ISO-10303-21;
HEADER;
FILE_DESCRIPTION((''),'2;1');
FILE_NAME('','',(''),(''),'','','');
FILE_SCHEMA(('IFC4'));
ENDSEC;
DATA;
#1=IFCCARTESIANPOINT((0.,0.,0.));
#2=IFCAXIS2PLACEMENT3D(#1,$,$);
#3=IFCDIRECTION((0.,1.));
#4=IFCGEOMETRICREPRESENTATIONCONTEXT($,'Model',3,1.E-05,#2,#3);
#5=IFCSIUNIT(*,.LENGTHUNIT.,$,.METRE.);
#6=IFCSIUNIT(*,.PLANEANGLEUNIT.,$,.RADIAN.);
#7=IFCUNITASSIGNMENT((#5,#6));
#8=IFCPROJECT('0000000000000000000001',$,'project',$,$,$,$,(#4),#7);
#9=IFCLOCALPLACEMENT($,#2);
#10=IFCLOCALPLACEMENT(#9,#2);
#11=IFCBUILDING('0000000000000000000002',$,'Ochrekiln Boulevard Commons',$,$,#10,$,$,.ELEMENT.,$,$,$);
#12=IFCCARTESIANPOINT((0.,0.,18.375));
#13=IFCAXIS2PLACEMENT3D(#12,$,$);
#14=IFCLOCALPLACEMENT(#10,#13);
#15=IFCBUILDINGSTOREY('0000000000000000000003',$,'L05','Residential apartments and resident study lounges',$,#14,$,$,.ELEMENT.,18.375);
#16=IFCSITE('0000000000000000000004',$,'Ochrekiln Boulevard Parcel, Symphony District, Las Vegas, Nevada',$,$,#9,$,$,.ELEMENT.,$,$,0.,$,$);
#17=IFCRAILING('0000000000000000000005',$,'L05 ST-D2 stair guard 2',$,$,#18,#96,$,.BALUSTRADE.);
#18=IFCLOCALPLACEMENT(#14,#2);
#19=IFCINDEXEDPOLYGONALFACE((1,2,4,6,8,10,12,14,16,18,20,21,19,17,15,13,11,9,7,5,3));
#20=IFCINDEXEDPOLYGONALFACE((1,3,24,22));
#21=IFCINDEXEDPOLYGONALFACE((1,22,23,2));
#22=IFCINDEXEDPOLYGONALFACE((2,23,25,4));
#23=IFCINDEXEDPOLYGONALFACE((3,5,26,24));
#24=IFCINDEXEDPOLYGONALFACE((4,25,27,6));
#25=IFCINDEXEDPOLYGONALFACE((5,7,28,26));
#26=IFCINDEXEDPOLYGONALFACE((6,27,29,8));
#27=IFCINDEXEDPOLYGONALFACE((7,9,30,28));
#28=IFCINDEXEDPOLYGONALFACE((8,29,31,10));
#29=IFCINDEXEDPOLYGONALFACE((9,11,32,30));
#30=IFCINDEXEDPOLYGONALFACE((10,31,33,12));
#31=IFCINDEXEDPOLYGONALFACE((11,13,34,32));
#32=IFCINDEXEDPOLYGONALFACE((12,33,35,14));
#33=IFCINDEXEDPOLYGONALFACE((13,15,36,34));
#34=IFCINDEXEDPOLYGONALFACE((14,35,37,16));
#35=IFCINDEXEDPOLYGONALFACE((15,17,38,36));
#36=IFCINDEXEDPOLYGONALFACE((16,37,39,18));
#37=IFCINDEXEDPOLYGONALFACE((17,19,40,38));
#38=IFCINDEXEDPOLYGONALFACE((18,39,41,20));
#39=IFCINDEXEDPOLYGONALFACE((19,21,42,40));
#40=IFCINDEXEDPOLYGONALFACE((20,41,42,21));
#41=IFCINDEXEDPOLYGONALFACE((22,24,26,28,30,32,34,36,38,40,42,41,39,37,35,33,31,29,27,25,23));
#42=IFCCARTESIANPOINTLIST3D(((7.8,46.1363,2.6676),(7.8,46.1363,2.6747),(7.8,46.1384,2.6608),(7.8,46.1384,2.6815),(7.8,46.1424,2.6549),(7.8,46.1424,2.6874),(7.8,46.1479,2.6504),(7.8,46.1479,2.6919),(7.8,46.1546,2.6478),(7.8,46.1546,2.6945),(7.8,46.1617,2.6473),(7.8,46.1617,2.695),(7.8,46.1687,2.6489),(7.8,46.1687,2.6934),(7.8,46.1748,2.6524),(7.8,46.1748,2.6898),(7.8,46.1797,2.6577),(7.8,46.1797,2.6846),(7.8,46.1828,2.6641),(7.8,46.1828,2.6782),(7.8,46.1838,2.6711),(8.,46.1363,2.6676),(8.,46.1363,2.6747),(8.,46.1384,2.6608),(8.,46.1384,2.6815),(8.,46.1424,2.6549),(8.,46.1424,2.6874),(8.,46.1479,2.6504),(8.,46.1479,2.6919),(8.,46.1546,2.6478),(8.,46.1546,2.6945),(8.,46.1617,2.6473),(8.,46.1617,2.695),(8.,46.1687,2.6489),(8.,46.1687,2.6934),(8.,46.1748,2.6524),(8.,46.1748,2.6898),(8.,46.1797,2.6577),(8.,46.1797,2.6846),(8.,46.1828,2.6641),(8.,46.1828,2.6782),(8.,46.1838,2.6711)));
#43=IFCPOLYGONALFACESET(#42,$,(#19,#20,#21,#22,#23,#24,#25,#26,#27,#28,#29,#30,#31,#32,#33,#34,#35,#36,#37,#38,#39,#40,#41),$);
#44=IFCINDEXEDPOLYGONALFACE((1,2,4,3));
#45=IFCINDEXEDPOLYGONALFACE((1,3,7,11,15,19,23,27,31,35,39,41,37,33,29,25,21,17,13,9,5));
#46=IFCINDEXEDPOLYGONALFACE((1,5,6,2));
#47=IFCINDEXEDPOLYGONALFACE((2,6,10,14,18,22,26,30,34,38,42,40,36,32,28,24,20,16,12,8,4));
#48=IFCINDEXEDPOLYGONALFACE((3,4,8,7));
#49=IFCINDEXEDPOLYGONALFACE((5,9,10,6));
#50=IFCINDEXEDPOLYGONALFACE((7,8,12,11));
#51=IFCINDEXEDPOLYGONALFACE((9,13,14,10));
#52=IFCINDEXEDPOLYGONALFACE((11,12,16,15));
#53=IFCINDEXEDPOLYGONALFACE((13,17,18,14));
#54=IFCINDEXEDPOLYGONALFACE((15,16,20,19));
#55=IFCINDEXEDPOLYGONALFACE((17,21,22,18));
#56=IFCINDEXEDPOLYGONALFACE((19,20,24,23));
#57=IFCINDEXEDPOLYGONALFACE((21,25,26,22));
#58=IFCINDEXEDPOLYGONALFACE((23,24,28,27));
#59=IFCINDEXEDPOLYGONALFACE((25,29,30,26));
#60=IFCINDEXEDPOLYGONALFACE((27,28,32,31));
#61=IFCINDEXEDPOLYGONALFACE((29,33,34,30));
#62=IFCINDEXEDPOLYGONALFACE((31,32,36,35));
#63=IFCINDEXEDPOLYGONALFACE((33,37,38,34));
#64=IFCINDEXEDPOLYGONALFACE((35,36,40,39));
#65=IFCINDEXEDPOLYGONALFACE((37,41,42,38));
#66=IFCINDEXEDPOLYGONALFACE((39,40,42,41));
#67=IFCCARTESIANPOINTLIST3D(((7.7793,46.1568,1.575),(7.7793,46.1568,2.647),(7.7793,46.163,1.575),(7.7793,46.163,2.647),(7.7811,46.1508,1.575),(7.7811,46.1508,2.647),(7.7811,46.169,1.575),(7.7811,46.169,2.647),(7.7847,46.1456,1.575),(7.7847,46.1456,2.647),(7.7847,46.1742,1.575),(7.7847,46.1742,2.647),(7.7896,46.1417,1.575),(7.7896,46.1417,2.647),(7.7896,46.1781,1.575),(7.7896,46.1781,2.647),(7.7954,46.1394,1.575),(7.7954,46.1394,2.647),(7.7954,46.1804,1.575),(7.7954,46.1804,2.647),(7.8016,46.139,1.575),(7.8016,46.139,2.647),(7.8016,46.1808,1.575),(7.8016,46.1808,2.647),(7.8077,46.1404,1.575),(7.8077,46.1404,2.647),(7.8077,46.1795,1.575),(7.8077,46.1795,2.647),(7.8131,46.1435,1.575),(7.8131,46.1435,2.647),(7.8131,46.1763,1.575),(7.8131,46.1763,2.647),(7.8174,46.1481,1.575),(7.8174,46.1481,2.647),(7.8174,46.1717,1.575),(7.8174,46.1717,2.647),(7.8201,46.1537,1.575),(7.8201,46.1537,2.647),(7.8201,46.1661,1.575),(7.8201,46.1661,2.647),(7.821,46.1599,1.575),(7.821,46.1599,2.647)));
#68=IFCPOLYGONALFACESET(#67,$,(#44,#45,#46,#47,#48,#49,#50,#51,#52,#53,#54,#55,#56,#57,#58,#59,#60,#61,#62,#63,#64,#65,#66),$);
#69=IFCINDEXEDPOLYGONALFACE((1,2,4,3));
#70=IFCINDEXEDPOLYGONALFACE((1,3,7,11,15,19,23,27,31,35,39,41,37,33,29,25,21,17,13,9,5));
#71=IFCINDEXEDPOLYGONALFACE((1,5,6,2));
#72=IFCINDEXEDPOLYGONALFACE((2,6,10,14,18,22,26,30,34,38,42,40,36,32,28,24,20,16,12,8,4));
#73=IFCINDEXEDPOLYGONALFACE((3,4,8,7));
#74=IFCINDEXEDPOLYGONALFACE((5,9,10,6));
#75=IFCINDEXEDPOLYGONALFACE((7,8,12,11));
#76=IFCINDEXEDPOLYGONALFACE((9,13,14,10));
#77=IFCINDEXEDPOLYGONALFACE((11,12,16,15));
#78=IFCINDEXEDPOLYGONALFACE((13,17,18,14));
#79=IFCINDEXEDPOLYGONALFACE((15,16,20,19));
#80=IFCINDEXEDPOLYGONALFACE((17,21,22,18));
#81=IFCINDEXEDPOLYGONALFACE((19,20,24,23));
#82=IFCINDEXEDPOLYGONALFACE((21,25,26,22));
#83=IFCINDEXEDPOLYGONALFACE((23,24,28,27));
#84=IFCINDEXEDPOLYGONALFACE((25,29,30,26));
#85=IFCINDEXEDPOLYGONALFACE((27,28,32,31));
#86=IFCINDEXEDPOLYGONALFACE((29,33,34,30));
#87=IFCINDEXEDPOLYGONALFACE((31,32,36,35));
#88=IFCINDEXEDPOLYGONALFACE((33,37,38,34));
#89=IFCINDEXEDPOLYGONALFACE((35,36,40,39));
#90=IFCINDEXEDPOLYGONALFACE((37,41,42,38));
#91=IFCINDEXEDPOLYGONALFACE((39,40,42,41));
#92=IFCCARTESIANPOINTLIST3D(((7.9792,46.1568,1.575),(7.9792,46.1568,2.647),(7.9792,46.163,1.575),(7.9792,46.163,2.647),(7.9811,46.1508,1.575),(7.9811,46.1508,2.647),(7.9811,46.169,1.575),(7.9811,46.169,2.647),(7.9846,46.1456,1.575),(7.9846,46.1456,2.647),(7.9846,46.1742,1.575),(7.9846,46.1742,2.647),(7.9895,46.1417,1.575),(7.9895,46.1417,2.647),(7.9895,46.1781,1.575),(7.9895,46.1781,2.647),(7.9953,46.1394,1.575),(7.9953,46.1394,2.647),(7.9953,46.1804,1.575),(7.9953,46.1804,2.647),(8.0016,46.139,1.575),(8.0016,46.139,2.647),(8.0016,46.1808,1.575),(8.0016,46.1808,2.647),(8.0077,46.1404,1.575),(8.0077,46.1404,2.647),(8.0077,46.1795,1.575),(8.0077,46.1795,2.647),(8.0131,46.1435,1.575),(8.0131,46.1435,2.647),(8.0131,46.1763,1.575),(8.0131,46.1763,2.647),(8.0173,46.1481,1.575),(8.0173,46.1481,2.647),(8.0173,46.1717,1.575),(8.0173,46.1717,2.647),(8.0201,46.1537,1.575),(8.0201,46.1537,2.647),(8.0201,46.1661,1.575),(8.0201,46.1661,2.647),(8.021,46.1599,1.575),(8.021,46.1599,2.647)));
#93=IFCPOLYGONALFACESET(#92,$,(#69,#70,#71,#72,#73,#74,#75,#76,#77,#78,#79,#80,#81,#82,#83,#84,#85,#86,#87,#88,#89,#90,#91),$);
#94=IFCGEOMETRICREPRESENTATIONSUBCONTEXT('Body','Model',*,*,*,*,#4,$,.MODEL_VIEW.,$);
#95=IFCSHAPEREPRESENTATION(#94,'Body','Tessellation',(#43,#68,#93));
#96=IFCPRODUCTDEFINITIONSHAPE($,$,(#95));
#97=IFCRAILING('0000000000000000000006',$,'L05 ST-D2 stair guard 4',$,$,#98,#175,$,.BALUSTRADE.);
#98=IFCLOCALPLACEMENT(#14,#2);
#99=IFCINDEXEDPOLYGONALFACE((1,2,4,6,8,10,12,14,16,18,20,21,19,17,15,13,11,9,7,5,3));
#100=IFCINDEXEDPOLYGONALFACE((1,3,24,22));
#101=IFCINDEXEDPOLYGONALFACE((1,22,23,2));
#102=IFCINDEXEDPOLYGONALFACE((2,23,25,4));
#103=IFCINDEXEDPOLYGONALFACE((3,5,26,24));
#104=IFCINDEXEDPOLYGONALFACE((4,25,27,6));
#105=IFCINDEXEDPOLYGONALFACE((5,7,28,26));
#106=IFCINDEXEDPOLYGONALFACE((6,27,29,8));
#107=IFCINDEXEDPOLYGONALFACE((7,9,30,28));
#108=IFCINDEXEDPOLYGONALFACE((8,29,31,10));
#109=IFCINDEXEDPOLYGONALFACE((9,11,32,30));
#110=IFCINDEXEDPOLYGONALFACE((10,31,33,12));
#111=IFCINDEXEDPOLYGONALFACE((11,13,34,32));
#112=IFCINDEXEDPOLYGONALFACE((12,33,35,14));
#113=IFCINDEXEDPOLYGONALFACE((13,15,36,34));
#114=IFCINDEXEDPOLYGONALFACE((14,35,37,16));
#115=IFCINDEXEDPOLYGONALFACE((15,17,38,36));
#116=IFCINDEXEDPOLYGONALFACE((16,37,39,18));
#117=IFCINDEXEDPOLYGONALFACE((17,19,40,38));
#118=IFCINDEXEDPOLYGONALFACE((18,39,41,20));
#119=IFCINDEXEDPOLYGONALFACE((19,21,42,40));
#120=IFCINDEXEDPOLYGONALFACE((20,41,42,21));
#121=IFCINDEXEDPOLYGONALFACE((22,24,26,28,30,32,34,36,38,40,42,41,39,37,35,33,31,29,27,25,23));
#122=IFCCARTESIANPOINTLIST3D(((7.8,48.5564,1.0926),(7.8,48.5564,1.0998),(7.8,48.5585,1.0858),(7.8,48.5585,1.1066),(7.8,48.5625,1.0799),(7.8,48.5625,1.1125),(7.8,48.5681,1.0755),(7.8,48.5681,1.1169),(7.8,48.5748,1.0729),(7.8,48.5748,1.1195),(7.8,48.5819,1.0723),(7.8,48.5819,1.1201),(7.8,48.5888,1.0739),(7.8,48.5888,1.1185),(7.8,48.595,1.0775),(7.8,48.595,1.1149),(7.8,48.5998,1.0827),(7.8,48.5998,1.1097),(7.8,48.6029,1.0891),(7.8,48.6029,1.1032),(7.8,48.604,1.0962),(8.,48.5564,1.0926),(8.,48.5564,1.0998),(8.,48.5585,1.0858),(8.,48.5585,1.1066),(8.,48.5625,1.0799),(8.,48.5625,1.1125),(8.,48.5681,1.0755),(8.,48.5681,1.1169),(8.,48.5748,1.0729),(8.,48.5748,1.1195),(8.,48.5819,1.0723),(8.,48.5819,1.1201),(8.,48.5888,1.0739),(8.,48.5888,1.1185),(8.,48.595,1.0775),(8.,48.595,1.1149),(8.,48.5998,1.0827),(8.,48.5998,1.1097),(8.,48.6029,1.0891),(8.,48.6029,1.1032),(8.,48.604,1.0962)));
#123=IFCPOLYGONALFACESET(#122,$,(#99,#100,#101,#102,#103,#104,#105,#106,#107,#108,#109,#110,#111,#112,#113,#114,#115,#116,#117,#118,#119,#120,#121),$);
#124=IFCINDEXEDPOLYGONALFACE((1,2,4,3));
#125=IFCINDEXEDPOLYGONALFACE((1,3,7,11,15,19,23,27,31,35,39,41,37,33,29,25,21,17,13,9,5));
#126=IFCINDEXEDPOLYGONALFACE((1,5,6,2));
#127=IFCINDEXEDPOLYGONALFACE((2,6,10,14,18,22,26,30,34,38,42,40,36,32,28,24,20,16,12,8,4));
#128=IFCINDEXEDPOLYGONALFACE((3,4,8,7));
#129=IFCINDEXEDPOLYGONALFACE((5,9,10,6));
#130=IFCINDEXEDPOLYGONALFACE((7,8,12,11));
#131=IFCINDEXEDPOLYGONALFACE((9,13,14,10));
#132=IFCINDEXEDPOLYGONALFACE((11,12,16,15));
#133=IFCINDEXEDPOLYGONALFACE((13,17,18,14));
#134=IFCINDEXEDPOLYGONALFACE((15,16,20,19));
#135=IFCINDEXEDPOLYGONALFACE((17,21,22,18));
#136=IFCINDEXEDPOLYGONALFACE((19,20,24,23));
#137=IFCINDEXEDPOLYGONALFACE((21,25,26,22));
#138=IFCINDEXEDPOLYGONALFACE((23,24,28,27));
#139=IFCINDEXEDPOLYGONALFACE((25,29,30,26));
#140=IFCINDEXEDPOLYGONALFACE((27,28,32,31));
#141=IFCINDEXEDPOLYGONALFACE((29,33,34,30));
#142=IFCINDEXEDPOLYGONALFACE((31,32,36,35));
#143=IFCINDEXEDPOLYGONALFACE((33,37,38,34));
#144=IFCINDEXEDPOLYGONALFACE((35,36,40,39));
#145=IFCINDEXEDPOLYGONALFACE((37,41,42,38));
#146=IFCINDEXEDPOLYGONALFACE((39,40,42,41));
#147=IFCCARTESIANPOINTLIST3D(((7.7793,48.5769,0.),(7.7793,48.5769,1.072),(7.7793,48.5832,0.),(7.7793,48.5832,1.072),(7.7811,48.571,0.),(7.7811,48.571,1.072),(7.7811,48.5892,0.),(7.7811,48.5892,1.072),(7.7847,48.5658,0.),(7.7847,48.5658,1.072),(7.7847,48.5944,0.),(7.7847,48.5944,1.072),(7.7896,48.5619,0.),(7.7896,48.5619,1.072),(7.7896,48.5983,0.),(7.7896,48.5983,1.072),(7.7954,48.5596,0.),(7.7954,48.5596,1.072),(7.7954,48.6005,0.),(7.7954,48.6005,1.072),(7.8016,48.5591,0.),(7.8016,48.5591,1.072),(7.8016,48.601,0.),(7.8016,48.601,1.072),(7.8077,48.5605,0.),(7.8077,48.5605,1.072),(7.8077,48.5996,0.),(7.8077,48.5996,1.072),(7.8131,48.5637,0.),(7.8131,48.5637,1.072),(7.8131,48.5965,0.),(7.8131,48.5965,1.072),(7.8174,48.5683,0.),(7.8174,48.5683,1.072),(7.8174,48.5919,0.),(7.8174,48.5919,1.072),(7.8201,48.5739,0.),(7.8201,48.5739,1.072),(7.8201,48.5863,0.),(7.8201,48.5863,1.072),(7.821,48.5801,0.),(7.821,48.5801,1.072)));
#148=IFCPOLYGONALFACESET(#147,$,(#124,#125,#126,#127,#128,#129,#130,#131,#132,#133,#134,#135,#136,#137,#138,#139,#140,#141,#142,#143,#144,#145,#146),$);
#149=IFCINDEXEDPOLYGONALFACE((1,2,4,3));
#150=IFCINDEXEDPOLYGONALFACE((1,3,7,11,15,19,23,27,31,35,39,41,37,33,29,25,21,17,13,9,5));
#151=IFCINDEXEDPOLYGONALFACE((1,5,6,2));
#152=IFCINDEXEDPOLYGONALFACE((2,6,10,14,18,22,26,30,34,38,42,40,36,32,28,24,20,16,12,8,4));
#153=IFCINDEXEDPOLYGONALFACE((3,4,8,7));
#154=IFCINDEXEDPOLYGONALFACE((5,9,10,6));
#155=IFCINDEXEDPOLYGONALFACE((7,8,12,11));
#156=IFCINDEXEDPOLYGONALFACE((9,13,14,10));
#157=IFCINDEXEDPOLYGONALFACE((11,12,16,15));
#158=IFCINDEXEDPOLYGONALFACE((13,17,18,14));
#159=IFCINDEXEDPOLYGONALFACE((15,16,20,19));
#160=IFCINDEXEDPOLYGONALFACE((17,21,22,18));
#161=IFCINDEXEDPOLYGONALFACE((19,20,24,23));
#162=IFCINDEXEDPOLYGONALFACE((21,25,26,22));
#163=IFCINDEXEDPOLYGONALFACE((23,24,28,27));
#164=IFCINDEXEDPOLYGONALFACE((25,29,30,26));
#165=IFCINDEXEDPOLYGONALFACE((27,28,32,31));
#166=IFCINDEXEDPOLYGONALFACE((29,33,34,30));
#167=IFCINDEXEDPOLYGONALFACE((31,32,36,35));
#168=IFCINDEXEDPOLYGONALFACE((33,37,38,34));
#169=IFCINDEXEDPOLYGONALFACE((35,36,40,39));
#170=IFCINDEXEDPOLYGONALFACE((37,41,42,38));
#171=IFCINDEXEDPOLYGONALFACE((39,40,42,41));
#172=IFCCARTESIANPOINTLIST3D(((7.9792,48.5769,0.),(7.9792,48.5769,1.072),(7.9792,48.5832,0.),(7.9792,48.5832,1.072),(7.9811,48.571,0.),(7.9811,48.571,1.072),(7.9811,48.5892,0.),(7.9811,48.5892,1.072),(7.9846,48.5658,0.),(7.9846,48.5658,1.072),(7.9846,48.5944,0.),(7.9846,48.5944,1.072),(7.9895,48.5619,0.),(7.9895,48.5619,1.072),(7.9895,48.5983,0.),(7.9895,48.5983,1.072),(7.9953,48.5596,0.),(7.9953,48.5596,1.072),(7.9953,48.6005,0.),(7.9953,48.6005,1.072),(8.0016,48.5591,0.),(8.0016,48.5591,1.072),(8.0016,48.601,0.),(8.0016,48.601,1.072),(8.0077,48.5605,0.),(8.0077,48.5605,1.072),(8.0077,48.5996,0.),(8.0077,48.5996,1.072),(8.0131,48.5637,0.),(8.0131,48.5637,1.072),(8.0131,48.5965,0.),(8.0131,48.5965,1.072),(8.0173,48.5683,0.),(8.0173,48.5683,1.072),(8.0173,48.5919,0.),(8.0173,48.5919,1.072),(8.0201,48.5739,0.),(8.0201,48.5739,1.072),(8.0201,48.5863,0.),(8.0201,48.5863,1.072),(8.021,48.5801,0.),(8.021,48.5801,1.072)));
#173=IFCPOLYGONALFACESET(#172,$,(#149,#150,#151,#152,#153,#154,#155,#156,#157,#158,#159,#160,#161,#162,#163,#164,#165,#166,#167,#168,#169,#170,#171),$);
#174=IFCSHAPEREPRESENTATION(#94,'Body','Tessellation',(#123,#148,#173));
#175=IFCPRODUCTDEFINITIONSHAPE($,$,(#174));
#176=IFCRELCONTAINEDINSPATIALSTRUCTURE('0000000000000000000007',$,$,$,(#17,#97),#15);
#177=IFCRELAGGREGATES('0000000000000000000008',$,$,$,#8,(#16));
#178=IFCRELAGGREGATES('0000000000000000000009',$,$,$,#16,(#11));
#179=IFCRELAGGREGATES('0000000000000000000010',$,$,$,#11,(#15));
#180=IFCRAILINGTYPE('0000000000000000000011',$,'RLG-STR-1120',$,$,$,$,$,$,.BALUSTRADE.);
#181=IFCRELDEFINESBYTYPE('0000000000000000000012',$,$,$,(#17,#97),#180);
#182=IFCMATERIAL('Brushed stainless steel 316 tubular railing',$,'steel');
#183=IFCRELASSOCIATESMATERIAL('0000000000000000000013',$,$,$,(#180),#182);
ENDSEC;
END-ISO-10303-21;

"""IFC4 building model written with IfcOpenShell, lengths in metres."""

from ifc_helpers import new_model, si_unit, direction, frame, origin, origin_2d, place, context, subcontext, project, spatial, circle, extrude, material, type_object, element, save


model = new_model("IFC4")

# Units and contexts
model_context = context("Model", 3, precision=1e-05, world=origin(), true_north=direction((0.0, 1.0)))
body_context = subcontext(model_context, "Body", "Model", "MODEL_VIEW")
ifc_project = project(units=[si_unit("LENGTHUNIT", "METRE"), si_unit("PLANEANGLEUNIT", "RADIAN")], contexts=[model_context])

# Site, building, storey
site_placement = place(None, origin())
site = spatial("IfcSite", under=ifc_project, at=site_placement, Name="Ochrekiln Boulevard Parcel, Symphony District, Las Vegas, Nevada", CompositionType="ELEMENT", RefElevation=0.0)
building_placement = place(site_placement, origin())
building = spatial("IfcBuilding", under=site, at=building_placement, Name="Ochrekiln Boulevard Commons", CompositionType="ELEMENT")
storey_placement = place(building_placement, frame((0.0, 0.0, 18.375)))
storey = spatial("IfcBuildingStorey", under=building, at=storey_placement, Name="L05", Description="Residential apartments and resident study lounges", CompositionType="ELEMENT", Elevation=18.375)

# Railings
ifc_material_1 = material(Name="Brushed stainless steel 316 tubular railing", Category="steel")
railing_type_1 = type_object("IfcRailingType", Name="RLG-STR-1120", PredefinedType="BALUSTRADE", material=ifc_material_1)
for number, where, name in (
    (1, (7.8, 46.1599, 1.575), "L05 ST-D2 stair guard 2"),
    (2, (7.8, 48.5801, 0.0), "L05 ST-D2 stair guard 4"),
):
    element("IfcRailing", number, at=place(storey_placement, frame(where)), inside=storey, type_object=railing_type_1, Name=name, PredefinedType="BALUSTRADE", context=body_context, shape_type="SweptSolid", body=[
        extrude(circle(Radius=0.0239, at=origin_2d()), frame((0.0, 0.0, 1.0962), z_axis=(1.0, 0.0, 0.0), x_axis=(0.0, 1.0, 0.0)), (0.0, 0.0, 1.0), 0.2),
        extrude(circle(Radius=0.021, at=origin_2d()), origin(), (0.0, 0.0, 1.0), 1.072),
        extrude(circle(Radius=0.021, at=origin_2d()), frame((0.2, 0.0, 0.0)), (0.0, 0.0, 1.0), 1.072),
    ])

save(model, "model.ifc")
